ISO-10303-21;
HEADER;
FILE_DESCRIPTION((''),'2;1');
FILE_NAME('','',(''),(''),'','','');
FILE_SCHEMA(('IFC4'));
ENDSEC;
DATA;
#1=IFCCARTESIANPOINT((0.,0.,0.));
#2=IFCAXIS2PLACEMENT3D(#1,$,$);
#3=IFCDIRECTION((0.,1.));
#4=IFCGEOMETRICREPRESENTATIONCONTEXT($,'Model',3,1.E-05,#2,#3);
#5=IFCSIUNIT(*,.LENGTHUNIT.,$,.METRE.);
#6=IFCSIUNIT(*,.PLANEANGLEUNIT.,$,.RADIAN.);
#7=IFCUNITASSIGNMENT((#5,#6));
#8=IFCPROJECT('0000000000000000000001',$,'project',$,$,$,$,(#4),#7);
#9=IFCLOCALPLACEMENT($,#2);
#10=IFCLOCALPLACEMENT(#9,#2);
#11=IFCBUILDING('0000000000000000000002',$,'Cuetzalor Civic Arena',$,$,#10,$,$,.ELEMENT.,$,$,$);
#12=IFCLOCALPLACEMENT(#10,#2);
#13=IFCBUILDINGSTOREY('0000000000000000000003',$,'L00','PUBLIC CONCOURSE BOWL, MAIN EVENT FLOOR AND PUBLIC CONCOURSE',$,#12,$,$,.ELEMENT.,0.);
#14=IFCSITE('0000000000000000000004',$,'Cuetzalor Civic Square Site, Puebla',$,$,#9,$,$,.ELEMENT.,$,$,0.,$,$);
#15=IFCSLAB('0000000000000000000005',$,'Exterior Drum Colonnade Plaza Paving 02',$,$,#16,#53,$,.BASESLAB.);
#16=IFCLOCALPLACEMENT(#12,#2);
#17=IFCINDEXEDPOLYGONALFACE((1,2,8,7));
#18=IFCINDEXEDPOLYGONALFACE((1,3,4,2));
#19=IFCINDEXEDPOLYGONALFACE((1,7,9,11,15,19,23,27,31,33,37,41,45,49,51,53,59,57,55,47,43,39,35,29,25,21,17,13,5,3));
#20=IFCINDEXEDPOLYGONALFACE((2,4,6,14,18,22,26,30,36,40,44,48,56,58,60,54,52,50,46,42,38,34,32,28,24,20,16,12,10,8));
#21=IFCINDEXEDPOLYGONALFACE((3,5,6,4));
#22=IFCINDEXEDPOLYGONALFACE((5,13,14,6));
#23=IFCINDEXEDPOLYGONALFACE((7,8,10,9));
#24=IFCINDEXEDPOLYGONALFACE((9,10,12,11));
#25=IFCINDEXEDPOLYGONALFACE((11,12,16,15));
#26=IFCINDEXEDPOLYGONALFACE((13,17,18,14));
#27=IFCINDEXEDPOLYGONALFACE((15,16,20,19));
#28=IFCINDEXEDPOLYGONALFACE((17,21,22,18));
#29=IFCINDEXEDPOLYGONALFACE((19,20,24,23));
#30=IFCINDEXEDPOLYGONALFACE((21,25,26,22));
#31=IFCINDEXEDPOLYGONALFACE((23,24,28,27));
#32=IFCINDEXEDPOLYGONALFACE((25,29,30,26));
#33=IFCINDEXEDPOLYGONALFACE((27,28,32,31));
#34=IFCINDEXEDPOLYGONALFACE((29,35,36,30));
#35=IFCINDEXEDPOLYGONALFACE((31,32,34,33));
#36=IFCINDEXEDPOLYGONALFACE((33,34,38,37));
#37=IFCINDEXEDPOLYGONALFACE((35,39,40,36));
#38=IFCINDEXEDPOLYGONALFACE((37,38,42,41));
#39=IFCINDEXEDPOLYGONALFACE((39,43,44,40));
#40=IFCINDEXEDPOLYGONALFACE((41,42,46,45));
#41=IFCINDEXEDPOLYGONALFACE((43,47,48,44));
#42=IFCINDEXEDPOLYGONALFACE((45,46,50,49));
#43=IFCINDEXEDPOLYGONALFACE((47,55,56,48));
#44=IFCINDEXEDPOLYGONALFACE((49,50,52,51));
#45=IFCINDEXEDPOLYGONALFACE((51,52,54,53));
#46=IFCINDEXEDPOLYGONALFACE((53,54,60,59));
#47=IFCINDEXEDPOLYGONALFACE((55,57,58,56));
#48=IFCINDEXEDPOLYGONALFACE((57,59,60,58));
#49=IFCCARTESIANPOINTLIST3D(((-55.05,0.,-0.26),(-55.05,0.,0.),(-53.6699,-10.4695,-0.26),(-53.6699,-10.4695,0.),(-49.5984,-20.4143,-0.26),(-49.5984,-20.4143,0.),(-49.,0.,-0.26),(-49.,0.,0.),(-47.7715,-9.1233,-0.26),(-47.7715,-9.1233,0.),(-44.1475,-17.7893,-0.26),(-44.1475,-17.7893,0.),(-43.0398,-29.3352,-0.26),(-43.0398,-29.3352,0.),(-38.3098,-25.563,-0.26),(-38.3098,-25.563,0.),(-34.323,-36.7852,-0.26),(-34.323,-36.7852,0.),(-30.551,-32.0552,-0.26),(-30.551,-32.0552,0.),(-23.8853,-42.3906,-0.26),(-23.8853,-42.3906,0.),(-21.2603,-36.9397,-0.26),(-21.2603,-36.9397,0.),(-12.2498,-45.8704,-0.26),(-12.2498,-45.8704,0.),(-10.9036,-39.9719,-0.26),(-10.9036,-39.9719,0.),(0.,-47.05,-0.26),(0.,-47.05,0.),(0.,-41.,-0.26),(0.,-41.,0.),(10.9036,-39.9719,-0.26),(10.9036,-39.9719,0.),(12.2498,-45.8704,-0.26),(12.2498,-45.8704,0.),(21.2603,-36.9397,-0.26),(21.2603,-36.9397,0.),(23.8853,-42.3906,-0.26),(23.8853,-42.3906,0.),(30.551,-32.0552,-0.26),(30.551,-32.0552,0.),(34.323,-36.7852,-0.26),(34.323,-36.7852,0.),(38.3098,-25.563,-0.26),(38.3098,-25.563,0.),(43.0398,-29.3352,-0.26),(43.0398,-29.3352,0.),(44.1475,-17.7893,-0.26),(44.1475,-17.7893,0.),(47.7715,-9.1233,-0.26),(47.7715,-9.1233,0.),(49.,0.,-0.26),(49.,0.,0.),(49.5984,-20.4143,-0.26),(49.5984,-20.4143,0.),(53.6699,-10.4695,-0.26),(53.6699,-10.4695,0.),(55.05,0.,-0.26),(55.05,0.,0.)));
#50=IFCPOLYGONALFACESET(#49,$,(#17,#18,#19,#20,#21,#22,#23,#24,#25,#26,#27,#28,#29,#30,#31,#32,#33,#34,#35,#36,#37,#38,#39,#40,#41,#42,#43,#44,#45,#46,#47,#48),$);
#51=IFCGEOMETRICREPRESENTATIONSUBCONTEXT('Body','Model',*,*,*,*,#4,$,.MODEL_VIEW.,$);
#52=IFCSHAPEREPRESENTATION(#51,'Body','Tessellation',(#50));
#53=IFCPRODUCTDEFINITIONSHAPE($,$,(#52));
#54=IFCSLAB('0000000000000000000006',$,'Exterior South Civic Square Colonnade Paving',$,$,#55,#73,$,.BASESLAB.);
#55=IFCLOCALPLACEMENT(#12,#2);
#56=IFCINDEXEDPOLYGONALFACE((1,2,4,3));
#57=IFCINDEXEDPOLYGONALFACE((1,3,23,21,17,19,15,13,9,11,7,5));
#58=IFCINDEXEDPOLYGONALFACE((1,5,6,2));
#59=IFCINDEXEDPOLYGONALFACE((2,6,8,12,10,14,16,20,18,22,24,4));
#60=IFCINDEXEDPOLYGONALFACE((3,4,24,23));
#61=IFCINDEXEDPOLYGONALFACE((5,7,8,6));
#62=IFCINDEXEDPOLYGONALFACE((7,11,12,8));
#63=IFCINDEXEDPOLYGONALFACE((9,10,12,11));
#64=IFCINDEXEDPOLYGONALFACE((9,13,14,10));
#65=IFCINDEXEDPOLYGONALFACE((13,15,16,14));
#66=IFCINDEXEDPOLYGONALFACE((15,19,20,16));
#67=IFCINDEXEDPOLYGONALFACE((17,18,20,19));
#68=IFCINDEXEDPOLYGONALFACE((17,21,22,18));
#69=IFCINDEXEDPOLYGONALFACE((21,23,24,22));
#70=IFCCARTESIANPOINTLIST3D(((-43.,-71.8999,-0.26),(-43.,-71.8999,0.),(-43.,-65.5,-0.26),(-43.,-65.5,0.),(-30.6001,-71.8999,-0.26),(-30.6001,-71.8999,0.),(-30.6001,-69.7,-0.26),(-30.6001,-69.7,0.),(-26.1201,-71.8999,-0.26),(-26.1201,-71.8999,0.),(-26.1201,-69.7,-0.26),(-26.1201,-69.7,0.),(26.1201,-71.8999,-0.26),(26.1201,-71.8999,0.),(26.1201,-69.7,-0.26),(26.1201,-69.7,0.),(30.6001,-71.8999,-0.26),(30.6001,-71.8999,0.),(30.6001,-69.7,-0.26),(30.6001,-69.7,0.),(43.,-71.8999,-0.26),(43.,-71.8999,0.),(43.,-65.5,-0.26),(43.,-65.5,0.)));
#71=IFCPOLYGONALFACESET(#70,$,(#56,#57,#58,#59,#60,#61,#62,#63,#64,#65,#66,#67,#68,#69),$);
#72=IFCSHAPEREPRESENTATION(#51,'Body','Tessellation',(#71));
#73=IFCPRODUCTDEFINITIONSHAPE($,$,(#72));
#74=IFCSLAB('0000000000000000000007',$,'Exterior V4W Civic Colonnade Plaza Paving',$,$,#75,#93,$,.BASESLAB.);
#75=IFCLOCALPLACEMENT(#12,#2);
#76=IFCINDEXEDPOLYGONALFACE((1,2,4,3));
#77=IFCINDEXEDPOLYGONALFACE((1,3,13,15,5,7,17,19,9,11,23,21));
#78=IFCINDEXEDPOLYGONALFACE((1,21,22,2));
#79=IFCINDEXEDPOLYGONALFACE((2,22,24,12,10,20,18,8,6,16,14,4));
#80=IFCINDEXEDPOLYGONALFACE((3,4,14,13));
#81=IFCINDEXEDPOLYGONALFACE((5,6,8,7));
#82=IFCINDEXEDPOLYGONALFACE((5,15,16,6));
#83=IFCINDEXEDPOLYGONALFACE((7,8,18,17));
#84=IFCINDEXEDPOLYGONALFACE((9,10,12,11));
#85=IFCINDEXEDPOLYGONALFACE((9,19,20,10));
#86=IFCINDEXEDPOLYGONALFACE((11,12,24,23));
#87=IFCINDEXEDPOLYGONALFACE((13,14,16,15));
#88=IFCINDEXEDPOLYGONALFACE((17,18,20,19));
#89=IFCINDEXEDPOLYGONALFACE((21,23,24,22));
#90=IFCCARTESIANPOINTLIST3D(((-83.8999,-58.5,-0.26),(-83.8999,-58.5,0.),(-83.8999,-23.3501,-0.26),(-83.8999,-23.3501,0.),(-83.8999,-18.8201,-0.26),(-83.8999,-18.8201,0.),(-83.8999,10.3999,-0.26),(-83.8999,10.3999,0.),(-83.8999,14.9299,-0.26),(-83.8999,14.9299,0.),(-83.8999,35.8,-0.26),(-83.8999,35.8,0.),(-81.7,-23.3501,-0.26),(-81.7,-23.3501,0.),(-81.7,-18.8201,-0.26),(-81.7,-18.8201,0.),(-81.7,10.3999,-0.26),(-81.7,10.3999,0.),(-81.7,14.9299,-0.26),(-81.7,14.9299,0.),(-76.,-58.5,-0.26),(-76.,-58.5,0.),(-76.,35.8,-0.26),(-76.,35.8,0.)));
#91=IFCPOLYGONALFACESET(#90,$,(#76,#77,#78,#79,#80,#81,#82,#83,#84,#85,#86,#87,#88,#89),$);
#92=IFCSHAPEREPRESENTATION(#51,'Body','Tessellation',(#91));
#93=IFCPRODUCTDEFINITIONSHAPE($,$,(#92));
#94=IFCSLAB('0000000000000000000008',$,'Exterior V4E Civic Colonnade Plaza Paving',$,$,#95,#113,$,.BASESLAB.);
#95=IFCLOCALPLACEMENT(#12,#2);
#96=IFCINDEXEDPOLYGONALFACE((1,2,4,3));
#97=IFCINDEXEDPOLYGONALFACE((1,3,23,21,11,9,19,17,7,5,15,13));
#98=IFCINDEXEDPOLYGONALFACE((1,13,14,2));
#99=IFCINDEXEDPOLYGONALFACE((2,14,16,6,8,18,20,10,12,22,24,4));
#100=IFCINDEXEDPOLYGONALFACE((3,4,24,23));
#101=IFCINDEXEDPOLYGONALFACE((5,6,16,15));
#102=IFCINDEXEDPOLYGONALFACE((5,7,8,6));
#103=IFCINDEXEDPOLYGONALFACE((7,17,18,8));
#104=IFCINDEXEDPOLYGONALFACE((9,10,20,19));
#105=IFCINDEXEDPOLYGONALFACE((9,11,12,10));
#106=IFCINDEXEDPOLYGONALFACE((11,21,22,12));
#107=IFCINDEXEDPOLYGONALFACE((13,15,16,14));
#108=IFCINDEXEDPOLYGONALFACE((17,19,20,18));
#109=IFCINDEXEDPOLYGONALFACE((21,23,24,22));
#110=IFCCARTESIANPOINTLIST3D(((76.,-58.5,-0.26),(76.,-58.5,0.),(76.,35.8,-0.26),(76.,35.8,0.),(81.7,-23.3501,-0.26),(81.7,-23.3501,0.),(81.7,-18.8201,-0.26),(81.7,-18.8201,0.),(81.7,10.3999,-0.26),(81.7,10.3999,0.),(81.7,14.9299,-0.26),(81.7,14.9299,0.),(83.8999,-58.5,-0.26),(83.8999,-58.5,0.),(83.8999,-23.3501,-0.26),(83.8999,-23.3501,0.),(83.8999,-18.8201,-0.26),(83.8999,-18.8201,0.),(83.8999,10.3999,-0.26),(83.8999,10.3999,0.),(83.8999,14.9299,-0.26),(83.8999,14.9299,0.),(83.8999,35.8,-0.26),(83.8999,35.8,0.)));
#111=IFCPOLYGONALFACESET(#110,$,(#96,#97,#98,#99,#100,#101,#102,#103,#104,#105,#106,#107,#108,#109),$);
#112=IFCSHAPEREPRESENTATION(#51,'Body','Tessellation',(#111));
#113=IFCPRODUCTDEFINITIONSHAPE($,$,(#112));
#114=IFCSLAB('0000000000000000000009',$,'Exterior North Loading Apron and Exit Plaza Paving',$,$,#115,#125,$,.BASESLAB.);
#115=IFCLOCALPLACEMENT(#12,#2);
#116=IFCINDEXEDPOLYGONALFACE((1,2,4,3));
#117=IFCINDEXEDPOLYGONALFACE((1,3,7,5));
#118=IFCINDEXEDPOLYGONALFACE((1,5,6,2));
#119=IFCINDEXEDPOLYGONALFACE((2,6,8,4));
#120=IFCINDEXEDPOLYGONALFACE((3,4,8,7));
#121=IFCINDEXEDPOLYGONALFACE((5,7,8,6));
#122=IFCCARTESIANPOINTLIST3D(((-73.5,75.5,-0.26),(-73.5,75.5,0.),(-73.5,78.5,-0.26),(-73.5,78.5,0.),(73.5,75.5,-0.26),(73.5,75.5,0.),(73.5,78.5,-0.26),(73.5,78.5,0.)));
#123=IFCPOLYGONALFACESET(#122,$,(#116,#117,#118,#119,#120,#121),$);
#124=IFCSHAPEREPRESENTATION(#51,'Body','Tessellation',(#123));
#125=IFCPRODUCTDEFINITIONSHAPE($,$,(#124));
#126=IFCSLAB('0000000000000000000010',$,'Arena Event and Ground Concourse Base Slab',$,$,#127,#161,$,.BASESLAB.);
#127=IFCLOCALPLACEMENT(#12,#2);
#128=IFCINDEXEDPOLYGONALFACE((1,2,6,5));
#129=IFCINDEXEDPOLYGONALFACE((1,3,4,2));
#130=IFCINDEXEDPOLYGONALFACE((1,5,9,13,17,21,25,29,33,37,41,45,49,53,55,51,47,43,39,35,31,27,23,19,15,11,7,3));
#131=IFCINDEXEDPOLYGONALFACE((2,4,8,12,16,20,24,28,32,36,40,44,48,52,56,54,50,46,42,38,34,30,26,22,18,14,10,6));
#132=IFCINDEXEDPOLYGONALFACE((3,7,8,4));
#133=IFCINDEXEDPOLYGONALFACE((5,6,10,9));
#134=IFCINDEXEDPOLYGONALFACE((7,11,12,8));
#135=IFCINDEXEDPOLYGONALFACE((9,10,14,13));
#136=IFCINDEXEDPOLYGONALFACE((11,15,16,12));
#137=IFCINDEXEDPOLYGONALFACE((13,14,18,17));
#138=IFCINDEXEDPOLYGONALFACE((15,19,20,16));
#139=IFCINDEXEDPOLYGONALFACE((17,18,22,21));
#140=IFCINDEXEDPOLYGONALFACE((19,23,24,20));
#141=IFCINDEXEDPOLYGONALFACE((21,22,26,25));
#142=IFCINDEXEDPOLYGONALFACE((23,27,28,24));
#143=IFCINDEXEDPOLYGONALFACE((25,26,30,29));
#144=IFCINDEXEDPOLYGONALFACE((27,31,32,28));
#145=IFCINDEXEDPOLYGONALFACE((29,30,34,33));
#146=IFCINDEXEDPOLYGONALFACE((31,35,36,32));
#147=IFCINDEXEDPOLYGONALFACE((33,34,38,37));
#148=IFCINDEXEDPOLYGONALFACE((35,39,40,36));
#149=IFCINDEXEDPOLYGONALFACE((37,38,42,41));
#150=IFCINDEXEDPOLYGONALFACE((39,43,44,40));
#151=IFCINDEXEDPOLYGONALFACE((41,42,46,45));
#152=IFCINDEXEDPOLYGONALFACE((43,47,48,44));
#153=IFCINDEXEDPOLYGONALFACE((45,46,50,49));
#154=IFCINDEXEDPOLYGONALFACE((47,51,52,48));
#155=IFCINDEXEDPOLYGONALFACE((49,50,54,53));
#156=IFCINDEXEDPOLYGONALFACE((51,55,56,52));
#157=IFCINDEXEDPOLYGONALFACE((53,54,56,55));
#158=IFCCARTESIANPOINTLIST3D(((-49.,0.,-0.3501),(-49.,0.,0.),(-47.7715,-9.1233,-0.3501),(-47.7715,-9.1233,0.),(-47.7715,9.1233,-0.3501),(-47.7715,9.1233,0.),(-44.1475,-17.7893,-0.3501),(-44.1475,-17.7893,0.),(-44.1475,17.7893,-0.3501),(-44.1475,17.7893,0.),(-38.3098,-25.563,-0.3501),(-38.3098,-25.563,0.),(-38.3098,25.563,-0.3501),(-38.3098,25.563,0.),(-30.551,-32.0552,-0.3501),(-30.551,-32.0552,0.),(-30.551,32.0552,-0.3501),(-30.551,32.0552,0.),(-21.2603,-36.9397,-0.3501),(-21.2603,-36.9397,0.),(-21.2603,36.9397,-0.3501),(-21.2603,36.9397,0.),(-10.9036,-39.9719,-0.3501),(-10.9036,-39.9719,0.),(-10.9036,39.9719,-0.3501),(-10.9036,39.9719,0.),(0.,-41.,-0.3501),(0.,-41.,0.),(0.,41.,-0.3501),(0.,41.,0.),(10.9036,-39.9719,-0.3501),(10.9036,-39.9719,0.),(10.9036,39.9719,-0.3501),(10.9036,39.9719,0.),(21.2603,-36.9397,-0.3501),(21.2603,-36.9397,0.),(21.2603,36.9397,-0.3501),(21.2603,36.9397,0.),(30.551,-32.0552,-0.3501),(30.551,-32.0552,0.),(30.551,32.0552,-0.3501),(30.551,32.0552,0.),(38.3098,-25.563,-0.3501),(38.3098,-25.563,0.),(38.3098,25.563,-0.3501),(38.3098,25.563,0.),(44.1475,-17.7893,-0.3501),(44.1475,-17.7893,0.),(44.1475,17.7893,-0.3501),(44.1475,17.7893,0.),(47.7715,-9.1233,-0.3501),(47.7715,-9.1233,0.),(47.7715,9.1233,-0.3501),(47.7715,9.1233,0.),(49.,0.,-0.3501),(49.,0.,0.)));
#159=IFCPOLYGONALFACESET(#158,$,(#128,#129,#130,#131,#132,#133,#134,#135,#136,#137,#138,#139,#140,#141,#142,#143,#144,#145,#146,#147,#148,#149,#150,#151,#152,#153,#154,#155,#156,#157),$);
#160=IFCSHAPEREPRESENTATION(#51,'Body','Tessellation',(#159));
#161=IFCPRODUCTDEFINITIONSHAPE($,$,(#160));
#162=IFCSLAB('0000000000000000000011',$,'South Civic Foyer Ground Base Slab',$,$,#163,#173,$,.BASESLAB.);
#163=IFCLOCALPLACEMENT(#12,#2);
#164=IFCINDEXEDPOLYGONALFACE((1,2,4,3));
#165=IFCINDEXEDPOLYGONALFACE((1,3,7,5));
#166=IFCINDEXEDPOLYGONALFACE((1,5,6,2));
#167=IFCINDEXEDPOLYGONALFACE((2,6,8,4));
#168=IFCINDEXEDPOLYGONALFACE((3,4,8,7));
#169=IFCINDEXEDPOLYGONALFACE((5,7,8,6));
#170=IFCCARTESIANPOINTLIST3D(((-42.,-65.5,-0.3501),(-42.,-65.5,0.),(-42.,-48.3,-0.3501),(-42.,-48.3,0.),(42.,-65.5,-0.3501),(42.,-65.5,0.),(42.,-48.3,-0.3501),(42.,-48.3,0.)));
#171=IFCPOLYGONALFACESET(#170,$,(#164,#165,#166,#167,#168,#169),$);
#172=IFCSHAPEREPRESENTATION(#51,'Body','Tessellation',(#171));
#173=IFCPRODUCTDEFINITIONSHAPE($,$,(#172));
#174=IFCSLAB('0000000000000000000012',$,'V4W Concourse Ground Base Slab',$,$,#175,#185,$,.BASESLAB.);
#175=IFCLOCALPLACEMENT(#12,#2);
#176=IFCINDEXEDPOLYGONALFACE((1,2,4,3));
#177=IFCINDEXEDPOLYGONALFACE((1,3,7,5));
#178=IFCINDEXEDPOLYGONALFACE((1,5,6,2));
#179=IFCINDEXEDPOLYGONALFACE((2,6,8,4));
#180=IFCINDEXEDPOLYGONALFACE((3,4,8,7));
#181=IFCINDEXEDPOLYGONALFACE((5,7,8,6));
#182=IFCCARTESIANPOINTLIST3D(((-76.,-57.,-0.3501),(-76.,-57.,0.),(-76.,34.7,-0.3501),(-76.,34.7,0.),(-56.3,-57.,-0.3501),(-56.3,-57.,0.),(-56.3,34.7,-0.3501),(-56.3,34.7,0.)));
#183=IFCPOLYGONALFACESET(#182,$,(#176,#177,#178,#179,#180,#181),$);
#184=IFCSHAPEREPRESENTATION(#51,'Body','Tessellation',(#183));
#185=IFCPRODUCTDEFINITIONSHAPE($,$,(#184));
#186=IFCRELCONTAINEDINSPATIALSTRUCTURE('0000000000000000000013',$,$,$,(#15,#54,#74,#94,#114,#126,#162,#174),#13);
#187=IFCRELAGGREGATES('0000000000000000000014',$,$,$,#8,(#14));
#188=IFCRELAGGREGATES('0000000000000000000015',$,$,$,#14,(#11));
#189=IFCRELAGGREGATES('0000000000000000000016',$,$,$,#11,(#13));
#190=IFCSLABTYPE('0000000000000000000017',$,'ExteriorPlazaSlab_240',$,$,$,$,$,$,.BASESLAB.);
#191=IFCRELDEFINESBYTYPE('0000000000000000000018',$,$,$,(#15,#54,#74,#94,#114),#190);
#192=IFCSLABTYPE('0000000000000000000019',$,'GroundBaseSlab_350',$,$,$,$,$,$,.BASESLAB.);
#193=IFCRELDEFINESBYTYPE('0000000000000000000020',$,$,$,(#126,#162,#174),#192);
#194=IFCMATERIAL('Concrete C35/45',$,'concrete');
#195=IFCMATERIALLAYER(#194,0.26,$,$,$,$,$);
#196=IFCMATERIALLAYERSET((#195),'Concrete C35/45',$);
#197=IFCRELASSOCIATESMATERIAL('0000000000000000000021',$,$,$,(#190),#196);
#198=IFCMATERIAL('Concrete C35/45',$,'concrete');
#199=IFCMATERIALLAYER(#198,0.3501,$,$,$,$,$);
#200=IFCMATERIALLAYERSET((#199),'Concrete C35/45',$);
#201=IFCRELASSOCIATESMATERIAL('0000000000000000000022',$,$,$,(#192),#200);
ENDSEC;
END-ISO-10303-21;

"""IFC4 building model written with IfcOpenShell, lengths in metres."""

from ifc_helpers import new_model, si_unit, direction, frame, origin, place, context, subcontext, project, spatial, polyline, outline, extrude, material, layer, layer_set, type_object, element, save


model = new_model("IFC4")

# Units and contexts
model_context = context("Model", 3, precision=1e-05, world=origin(), true_north=direction((0.0, 1.0)))
body_context = subcontext(model_context, "Body", "Model", "MODEL_VIEW")
ifc_project = project(units=[si_unit("LENGTHUNIT", "METRE"), si_unit("PLANEANGLEUNIT", "RADIAN")], contexts=[model_context])

# Site, building, storey
site_placement = place(None, origin())
site = spatial("IfcSite", under=ifc_project, at=site_placement, Name="Cuetzalor Civic Square Site, Puebla", CompositionType="ELEMENT", RefElevation=0.0)
building_placement = place(site_placement, origin())
building = spatial("IfcBuilding", under=site, at=building_placement, Name="Cuetzalor Civic Arena", CompositionType="ELEMENT")
storey_placement = place(building_placement, origin())
storey = spatial("IfcBuildingStorey", under=building, at=storey_placement, Name="L00", Description="PUBLIC CONCOURSE BOWL, MAIN EVENT FLOOR AND PUBLIC CONCOURSE", CompositionType="ELEMENT", Elevation=0.0)

# Slabs
ifc_material_1 = material(Name="Concrete C35/45", Category="concrete")
ifc_layer_1 = layer(ifc_material_1, 0.26)
ifc_layer_set_1 = layer_set([ifc_layer_1], Name="Concrete C35/45")
slab_type_1 = type_object("IfcSlabType", Name="ExteriorPlazaSlab_240", PredefinedType="BASESLAB", material=ifc_layer_set_1)
slab_1_placement = place(storey_placement, frame((0.0, 0.0, -0.26)))
element("IfcSlab", 1, at=slab_1_placement, inside=storey, type_object=slab_type_1, Name="Exterior Drum Colonnade Plaza Paving 02", PredefinedType="BASESLAB", context=body_context, shape_type="SweptSolid", body=[
    extrude(outline(polyline([(-49.0, 0.0), (-47.7715, -9.1233), (-44.1475, -17.7893), (-38.3098, -25.563), (-30.551, -32.0552), (-21.2603, -36.9397), (-10.9036, -39.9719), (0.0, -41.0), (10.9036, -39.9719), (21.2603, -36.9397), (30.551, -32.0552), (38.3098, -25.563), (44.1475, -17.7893), (47.7715, -9.1233), (49.0, 0.0), (55.05, 0.0), (53.6699, -10.4695), (49.5984, -20.4143), (43.0398, -29.3352), (34.323, -36.7852), (23.8853, -42.3906), (12.2498, -45.8704), (0.0, -47.05), (-12.2498, -45.8704), (-23.8853, -42.3906), (-34.323, -36.7852), (-43.0398, -29.3352), (-49.5984, -20.4143), (-53.6699, -10.4695), (-55.05, 0.0), (-49.0, 0.0)])), origin(), (0.0, 0.0, 1.0), 0.26),
])
slab_2_placement = place(storey_placement, frame((0.0, 0.0, -0.26)))
element("IfcSlab", 2, at=slab_2_placement, inside=storey, type_object=slab_type_1, Name="Exterior South Civic Square Colonnade Paving", PredefinedType="BASESLAB", context=body_context, shape_type="SweptSolid", body=[
    extrude(outline(polyline([(-43.0, -65.5), (43.0, -65.5), (43.0, -71.8999), (30.6001, -71.8999), (30.6001, -69.7), (26.1201, -69.7), (26.1201, -71.8999), (-26.1201, -71.8999), (-26.1201, -69.7), (-30.6001, -69.7), (-30.6001, -71.8999), (-43.0, -71.8999), (-43.0, -65.5)])), origin(), (0.0, 0.0, 1.0), 0.26),
])
slab_3_placement = place(storey_placement, frame((0.0, 0.0, -0.26)))
element("IfcSlab", 3, at=slab_3_placement, inside=storey, type_object=slab_type_1, Name="Exterior V4W Civic Colonnade Plaza Paving", PredefinedType="BASESLAB", context=body_context, shape_type="SweptSolid", body=[
    extrude(outline(polyline([(-76.0, 35.8), (-76.0, -58.5), (-83.8999, -58.5), (-83.8999, -23.3501), (-81.7, -23.3501), (-81.7, -18.8201), (-83.8999, -18.8201), (-83.8999, 10.3999), (-81.7, 10.3999), (-81.7, 14.9299), (-83.8999, 14.9299), (-83.8999, 35.8), (-76.0, 35.8)])), origin(), (0.0, 0.0, 1.0), 0.26),
])
slab_4_placement = place(storey_placement, frame((0.0, 0.0, -0.26)))
element("IfcSlab", 4, at=slab_4_placement, inside=storey, type_object=slab_type_1, Name="Exterior V4E Civic Colonnade Plaza Paving", PredefinedType="BASESLAB", context=body_context, shape_type="SweptSolid", body=[
    extrude(outline(polyline([(76.0, -58.5), (76.0, 35.8), (83.8999, 35.8), (83.8999, 14.9299), (81.7, 14.9299), (81.7, 10.3999), (83.8999, 10.3999), (83.8999, -18.8201), (81.7, -18.8201), (81.7, -23.3501), (83.8999, -23.3501), (83.8999, -58.5), (76.0, -58.5)])), origin(), (0.0, 0.0, 1.0), 0.26),
])
slab_5_placement = place(storey_placement, frame((0.0, 0.0, -0.26)))
element("IfcSlab", 5, at=slab_5_placement, inside=storey, type_object=slab_type_1, Name="Exterior North Loading Apron and Exit Plaza Paving", PredefinedType="BASESLAB", context=body_context, shape_type="SweptSolid", body=[
    extrude(outline(polyline([(-73.5, 75.5), (73.5, 75.5), (73.5, 78.5), (-73.5, 78.5), (-73.5, 75.5)])), origin(), (0.0, 0.0, 1.0), 0.26),
])
ifc_material_2 = material(Name="Concrete C35/45", Category="concrete")
ifc_layer_2 = layer(ifc_material_2, 0.3501)
ifc_layer_set_2 = layer_set([ifc_layer_2], Name="Concrete C35/45")
slab_type_2 = type_object("IfcSlabType", Name="GroundBaseSlab_350", PredefinedType="BASESLAB", material=ifc_layer_set_2)
slab_6_placement = place(storey_placement, frame((0.0, 0.0, -0.3501)))
element("IfcSlab", 6, at=slab_6_placement, inside=storey, type_object=slab_type_2, Name="Arena Event and Ground Concourse Base Slab", PredefinedType="BASESLAB", context=body_context, shape_type="SweptSolid", body=[
    extrude(outline(polyline([(49.0, 0.0), (47.7715, 9.1233), (44.1475, 17.7893), (38.3098, 25.563), (30.551, 32.0552), (21.2603, 36.9397), (10.9036, 39.9719), (0.0, 41.0), (-10.9036, 39.9719), (-21.2603, 36.9397), (-30.551, 32.0552), (-38.3098, 25.563), (-44.1475, 17.7893), (-47.7715, 9.1233), (-49.0, 0.0), (-47.7715, -9.1233), (-44.1475, -17.7893), (-38.3098, -25.563), (-30.551, -32.0552), (-21.2603, -36.9397), (-10.9036, -39.9719), (0.0, -41.0), (10.9036, -39.9719), (21.2603, -36.9397), (30.551, -32.0552), (38.3098, -25.563), (44.1475, -17.7893), (47.7715, -9.1233), (49.0, 0.0)])), origin(), (0.0, 0.0, 1.0), 0.3501),
])
slab_7_placement = place(storey_placement, frame((0.0, 0.0, -0.3501)))
element("IfcSlab", 7, at=slab_7_placement, inside=storey, type_object=slab_type_2, Name="South Civic Foyer Ground Base Slab", PredefinedType="BASESLAB", context=body_context, shape_type="SweptSolid", body=[
    extrude(outline(polyline([(-42.0, -65.5), (42.0, -65.5), (42.0, -48.3), (-42.0, -48.3), (-42.0, -65.5)])), origin(), (0.0, 0.0, 1.0), 0.3501),
])
slab_8_placement = place(storey_placement, frame((0.0, 0.0, -0.3501)))
element("IfcSlab", 8, at=slab_8_placement, inside=storey, type_object=slab_type_2, Name="V4W Concourse Ground Base Slab", PredefinedType="BASESLAB", context=body_context, shape_type="SweptSolid", body=[
    extrude(outline(polyline([(-76.0, -57.0), (-56.3, -57.0), (-56.3, 34.7), (-76.0, 34.7), (-76.0, -57.0)])), origin(), (0.0, 0.0, 1.0), 0.3501),
])

save(model, "model.ifc")
